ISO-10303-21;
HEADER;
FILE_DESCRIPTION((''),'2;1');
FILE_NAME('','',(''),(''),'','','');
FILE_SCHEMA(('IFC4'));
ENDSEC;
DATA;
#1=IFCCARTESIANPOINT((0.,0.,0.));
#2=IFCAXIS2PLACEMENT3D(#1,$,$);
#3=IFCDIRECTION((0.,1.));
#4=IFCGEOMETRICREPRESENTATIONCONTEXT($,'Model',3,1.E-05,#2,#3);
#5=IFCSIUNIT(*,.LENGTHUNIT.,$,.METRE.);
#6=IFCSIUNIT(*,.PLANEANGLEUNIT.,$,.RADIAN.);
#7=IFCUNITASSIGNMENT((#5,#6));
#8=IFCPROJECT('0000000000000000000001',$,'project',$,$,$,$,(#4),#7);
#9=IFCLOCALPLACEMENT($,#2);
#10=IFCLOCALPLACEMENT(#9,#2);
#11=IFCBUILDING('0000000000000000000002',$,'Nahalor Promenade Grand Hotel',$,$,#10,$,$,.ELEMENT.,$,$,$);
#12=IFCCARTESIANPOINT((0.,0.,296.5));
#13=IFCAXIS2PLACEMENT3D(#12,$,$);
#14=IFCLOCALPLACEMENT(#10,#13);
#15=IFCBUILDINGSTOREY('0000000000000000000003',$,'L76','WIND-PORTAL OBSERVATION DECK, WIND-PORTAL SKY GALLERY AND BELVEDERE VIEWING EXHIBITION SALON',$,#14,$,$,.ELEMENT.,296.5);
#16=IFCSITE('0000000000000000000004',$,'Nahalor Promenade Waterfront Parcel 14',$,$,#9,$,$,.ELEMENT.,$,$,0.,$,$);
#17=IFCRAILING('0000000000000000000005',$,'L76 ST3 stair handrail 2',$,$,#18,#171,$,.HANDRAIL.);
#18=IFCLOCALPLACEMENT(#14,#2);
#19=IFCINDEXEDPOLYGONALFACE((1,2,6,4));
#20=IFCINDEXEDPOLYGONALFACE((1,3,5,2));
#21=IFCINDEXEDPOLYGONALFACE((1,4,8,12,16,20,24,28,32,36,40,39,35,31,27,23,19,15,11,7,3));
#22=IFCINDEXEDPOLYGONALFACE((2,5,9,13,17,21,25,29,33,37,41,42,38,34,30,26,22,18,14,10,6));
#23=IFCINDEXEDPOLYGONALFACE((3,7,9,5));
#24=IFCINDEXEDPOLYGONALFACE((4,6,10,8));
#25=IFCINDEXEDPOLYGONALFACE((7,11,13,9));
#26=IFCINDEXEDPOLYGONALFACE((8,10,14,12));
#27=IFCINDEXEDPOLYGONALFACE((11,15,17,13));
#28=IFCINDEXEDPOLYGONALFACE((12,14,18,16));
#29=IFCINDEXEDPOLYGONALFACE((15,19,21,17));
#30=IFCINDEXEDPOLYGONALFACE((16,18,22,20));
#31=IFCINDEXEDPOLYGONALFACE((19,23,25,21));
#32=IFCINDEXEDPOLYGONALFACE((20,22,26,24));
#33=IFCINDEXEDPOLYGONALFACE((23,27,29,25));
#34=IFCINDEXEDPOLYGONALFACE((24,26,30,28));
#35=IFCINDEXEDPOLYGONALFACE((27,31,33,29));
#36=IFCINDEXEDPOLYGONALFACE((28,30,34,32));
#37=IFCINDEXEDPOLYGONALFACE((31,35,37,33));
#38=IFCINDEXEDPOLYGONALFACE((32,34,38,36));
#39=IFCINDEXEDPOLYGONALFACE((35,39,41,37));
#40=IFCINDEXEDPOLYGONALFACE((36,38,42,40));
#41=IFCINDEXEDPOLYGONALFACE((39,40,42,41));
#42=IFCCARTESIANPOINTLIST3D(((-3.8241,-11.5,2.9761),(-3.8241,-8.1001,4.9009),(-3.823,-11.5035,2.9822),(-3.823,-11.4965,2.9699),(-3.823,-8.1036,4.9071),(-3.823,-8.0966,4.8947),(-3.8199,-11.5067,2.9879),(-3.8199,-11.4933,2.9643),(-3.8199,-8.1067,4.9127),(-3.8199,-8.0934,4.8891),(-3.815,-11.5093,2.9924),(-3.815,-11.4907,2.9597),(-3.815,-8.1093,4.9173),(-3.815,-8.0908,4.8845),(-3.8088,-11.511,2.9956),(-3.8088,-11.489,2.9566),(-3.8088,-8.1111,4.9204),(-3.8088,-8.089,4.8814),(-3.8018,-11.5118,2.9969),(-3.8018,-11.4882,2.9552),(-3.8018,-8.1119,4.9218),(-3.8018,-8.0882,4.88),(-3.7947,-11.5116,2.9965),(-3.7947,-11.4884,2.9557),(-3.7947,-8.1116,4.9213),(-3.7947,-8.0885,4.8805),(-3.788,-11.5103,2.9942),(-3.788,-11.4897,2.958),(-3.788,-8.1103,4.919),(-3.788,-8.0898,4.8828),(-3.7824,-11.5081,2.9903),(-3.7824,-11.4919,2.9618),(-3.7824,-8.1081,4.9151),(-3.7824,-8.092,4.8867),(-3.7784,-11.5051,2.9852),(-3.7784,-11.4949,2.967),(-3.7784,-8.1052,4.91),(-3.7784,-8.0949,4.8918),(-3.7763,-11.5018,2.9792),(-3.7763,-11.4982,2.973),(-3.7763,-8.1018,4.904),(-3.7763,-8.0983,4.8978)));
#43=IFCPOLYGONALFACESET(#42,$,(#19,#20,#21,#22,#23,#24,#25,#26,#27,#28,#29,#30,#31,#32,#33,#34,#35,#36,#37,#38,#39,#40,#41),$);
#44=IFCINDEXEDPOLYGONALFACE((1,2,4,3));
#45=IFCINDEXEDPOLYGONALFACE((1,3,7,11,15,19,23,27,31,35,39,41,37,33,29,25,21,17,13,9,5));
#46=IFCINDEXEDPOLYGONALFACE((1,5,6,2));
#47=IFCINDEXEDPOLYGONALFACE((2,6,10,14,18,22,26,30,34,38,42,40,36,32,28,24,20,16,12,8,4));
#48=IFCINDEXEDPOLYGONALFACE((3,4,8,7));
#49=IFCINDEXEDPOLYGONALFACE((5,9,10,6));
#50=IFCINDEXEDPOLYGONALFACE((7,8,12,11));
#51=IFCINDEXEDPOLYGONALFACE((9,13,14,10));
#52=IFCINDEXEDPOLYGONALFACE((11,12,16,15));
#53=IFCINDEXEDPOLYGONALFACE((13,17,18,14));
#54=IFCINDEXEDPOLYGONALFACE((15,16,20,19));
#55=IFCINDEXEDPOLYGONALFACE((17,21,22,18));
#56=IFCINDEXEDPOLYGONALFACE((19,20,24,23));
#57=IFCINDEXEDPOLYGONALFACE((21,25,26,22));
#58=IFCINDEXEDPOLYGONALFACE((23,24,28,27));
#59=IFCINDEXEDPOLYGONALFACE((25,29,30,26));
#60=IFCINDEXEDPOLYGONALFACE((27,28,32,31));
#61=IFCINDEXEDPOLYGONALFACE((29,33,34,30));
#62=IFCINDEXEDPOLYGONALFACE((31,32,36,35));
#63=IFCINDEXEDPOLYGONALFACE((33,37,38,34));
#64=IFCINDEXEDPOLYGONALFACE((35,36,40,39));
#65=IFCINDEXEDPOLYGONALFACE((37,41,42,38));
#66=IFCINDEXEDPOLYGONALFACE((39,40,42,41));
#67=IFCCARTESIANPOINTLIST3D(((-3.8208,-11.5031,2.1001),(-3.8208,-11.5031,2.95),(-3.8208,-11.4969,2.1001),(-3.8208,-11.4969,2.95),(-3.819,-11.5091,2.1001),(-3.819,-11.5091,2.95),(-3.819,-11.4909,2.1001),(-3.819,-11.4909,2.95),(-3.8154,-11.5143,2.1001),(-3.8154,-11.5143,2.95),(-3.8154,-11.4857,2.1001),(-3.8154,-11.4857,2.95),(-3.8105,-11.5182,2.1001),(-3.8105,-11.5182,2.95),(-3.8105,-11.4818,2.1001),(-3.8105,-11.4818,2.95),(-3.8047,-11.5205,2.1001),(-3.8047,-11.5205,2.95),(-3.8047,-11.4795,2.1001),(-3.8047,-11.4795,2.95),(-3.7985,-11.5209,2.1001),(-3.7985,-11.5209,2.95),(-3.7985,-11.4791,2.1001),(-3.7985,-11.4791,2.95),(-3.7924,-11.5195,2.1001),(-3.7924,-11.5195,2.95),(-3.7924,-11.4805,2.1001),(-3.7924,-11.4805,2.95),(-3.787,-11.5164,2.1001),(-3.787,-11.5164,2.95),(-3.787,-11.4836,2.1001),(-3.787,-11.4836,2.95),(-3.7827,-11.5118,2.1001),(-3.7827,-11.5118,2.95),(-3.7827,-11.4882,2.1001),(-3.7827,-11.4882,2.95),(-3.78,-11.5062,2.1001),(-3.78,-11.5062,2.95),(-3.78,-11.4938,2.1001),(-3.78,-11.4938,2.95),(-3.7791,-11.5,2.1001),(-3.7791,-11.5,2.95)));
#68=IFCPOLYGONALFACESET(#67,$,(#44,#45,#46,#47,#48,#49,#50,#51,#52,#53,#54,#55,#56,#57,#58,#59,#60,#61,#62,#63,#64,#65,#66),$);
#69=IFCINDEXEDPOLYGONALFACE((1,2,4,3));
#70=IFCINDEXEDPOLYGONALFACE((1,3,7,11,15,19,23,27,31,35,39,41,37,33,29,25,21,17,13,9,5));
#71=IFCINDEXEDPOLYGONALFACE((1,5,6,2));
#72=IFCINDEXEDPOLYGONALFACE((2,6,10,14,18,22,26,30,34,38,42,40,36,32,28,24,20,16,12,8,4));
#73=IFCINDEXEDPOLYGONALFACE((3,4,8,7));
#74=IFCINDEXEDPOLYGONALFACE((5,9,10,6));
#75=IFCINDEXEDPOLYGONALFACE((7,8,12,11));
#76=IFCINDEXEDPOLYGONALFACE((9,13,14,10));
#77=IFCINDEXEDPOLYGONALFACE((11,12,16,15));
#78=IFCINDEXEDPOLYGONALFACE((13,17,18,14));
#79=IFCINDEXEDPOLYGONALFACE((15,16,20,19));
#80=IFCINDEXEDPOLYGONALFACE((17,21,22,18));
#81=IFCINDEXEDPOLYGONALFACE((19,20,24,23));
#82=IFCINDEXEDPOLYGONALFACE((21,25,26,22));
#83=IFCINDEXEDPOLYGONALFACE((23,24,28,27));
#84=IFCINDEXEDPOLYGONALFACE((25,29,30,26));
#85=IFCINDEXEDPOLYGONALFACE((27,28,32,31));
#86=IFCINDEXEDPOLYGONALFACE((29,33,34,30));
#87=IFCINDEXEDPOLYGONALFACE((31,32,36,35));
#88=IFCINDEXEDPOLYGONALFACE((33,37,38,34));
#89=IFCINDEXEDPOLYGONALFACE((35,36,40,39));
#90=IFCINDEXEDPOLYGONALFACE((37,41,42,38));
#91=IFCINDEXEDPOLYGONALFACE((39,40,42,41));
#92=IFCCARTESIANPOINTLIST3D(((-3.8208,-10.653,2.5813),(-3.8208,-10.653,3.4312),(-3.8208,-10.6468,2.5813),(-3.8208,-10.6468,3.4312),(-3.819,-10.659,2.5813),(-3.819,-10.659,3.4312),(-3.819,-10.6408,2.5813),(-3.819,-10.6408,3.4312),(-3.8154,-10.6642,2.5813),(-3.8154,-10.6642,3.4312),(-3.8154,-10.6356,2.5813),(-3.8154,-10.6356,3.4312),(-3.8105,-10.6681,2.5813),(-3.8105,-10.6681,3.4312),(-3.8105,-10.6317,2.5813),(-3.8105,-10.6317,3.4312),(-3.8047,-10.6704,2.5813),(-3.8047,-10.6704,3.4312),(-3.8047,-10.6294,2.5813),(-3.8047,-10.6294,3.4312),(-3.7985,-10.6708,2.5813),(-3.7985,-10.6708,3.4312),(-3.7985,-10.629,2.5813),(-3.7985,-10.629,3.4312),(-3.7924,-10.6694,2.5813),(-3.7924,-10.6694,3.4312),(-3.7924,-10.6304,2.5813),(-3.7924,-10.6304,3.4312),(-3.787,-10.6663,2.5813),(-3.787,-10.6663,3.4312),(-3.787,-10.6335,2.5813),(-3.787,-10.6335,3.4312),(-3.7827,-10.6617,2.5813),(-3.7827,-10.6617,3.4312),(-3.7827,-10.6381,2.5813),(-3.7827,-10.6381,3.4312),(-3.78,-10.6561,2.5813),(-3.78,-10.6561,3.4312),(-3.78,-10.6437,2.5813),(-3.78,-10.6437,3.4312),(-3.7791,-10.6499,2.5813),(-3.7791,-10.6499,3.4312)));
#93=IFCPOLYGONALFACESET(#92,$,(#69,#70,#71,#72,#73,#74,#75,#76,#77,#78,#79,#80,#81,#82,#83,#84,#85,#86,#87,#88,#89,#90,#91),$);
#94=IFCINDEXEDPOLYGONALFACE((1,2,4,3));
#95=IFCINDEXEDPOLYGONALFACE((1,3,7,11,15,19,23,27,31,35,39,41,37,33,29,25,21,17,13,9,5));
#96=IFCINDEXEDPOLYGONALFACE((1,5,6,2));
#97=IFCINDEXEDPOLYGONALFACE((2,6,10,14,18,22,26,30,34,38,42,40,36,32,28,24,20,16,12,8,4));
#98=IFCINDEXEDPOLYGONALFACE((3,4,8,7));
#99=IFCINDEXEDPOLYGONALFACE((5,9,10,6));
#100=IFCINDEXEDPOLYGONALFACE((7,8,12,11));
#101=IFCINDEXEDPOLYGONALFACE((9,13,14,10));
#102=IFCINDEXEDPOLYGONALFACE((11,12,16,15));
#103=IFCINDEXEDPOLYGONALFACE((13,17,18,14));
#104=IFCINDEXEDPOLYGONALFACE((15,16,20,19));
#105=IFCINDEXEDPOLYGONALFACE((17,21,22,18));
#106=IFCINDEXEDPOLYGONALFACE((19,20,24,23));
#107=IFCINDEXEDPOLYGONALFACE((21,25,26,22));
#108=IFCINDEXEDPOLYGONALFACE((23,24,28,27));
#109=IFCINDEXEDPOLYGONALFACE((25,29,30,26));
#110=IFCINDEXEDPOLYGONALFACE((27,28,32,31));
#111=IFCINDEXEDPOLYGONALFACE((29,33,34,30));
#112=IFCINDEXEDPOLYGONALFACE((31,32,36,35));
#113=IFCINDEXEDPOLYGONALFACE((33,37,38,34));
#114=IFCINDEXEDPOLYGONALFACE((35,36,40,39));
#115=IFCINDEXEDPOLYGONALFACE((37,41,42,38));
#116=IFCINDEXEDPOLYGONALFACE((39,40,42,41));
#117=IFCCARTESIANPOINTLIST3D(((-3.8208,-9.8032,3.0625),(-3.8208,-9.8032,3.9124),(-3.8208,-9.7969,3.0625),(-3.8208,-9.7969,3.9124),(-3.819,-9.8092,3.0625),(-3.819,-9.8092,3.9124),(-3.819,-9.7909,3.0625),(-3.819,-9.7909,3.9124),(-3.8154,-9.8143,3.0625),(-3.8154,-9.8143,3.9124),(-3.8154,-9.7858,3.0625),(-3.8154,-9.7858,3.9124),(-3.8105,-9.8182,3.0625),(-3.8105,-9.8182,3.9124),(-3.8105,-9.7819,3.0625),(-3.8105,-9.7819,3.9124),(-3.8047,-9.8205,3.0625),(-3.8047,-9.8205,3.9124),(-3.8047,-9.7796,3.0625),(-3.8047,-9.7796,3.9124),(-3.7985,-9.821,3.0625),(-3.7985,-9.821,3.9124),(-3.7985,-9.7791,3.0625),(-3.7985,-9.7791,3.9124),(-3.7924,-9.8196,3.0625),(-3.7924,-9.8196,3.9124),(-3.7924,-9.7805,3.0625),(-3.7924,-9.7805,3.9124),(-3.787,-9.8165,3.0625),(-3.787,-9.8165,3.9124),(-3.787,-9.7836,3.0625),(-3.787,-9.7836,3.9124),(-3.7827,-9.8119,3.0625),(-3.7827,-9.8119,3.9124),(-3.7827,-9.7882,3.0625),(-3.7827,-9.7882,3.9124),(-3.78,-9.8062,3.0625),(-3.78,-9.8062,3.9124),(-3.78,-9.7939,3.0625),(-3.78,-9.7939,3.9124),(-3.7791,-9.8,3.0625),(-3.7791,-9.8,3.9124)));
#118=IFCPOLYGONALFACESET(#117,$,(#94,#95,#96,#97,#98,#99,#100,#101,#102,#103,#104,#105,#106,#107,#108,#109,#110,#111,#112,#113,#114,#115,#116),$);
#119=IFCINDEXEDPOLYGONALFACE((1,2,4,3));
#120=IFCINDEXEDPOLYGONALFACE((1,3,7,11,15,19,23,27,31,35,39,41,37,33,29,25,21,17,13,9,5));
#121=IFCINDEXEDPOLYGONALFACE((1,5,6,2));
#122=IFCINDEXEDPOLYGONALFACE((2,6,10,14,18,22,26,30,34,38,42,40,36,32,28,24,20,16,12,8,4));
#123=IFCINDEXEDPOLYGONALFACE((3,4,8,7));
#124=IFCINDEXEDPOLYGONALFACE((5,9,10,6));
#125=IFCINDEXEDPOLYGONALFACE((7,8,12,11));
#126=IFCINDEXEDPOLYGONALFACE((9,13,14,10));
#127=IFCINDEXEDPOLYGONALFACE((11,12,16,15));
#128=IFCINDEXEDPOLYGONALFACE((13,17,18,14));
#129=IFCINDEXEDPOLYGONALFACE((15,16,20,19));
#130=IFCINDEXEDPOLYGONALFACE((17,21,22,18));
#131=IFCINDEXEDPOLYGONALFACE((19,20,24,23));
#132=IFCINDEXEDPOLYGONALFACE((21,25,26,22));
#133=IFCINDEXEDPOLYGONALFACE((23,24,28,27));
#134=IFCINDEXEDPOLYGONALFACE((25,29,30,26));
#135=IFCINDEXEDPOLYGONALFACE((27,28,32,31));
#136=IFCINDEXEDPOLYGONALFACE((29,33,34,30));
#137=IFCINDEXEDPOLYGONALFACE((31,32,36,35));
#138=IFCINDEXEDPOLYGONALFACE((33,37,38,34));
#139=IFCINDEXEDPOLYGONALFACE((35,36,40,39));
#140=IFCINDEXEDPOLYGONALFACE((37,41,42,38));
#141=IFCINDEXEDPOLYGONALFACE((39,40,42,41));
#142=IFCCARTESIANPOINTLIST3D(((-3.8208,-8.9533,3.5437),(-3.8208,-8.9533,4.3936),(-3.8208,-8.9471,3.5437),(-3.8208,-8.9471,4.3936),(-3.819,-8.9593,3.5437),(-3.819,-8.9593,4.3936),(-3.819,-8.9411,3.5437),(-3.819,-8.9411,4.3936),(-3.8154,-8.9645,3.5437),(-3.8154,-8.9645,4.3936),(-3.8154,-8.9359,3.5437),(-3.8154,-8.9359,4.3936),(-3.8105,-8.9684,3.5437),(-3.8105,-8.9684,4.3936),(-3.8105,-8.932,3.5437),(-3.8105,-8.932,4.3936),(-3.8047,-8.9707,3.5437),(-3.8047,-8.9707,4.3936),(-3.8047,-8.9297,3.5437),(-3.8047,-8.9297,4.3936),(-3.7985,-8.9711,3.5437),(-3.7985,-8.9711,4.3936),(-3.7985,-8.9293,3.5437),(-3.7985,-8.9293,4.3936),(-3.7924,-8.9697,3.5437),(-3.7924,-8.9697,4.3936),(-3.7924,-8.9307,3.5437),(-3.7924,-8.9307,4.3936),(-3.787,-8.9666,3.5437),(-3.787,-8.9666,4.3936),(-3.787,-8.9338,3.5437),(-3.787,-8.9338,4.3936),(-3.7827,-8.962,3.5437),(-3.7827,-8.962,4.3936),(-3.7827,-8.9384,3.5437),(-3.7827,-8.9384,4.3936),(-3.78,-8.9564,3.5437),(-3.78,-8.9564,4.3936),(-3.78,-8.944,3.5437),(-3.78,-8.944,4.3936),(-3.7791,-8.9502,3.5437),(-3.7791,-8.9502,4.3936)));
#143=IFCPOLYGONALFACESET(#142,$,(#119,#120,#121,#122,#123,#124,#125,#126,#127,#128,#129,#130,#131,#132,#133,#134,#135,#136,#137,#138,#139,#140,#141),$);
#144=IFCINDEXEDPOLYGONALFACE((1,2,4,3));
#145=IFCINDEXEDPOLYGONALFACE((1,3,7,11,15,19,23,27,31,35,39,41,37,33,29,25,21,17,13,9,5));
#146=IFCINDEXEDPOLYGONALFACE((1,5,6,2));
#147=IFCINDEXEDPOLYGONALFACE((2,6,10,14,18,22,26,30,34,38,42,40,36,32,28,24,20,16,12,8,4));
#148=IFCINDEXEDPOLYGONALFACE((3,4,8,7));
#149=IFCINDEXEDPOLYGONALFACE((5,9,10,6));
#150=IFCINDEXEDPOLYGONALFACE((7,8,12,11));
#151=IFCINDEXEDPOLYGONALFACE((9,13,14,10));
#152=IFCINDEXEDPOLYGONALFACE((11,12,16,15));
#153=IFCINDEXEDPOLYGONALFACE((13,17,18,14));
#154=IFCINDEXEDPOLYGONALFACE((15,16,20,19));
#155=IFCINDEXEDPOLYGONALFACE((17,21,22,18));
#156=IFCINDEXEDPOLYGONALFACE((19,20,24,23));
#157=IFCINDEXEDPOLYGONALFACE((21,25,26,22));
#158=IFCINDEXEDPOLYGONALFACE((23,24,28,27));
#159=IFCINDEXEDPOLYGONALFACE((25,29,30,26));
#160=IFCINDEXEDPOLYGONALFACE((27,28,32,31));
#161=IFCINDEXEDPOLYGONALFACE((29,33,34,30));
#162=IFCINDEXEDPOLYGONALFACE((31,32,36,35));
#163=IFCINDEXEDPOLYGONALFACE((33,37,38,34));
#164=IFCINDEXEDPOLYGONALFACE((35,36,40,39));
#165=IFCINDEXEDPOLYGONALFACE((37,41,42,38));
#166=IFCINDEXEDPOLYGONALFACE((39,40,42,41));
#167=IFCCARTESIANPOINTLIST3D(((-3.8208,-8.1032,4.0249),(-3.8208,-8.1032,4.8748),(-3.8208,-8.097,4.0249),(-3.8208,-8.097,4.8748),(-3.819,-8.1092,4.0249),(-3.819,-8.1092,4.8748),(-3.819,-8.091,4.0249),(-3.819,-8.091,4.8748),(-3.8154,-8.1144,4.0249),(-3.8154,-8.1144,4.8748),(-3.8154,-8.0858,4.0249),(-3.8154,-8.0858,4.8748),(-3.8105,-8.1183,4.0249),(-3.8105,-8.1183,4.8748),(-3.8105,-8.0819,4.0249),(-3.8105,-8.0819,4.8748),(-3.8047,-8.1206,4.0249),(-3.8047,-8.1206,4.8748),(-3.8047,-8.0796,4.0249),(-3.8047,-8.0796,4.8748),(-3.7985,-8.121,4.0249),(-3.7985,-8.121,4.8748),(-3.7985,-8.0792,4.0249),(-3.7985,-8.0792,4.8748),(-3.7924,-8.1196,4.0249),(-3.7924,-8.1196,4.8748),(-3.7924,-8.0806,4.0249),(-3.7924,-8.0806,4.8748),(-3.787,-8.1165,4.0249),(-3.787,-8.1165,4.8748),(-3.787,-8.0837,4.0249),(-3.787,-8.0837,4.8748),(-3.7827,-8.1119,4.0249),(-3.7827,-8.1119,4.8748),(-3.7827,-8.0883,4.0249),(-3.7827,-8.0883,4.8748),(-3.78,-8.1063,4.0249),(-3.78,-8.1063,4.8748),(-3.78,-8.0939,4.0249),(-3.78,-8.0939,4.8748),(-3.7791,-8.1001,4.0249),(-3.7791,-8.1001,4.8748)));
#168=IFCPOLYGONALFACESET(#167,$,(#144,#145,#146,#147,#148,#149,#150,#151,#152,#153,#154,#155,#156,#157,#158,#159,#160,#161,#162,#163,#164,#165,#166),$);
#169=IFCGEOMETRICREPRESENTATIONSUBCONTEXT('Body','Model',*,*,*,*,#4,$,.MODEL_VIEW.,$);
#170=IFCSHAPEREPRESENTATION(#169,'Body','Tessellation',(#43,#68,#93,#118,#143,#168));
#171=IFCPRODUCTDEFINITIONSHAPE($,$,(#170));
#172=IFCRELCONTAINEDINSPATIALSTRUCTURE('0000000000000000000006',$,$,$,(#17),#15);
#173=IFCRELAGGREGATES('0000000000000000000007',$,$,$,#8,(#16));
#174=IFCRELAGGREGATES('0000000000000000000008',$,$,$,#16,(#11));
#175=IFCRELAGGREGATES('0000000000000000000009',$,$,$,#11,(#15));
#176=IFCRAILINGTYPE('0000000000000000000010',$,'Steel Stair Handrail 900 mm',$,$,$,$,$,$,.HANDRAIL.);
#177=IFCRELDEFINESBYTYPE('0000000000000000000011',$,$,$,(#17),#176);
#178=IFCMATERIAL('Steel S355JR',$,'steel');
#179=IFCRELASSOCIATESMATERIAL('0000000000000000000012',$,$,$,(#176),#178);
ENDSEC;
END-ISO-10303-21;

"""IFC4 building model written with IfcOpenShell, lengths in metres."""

from ifc_helpers import new_model, si_unit, direction, frame, origin, origin_2d, place, context, subcontext, project, spatial, circle, extrude, material, type_object, element, save


model = new_model("IFC4")

# Units and contexts
model_context = context("Model", 3, precision=1e-05, world=origin(), true_north=direction((0.0, 1.0)))
body_context = subcontext(model_context, "Body", "Model", "MODEL_VIEW")
ifc_project = project(units=[si_unit("LENGTHUNIT", "METRE"), si_unit("PLANEANGLEUNIT", "RADIAN")], contexts=[model_context])

# Site, building, storey
site_placement = place(None, origin())
site = spatial("IfcSite", under=ifc_project, at=site_placement, Name="Nahalor Promenade Waterfront Parcel 14", CompositionType="ELEMENT", RefElevation=0.0)
building_placement = place(site_placement, origin())
building = spatial("IfcBuilding", under=site, at=building_placement, Name="Nahalor Promenade Grand Hotel", CompositionType="ELEMENT")
storey_placement = place(building_placement, frame((0.0, 0.0, 296.5)))
storey = spatial("IfcBuildingStorey", under=building, at=storey_placement, Name="L76", Description="WIND-PORTAL OBSERVATION DECK, WIND-PORTAL SKY GALLERY AND BELVEDERE VIEWING EXHIBITION SALON", CompositionType="ELEMENT", Elevation=296.5)

# Shared definitions
ifc_material_1 = material(Name="Steel S355JR", Category="steel")

# Railing
railing_type_1 = type_object("IfcRailingType", Name="Steel Stair Handrail 900 mm", PredefinedType="HANDRAIL", material=ifc_material_1)
railing_1_placement = place(storey_placement, frame((-3.8, -11.5, 2.1001)))
element("IfcRailing", 1, at=railing_1_placement, inside=storey, type_object=railing_type_1, Name="L76 ST3 stair handrail 2", PredefinedType="HANDRAIL", context=body_context, shape_type="SweptSolid", body=[
    extrude(circle(Radius=0.024, at=origin_2d()), frame((0.0, 0.0, 0.876), z_axis=(0.0, 0.87022, 0.492663), x_axis=(-1.0, 0.0, 0.0)), (0.0, 0.0, 1.0), 3.907),
    extrude(circle(Radius=0.021, at=origin_2d()), origin(), (0.0, 0.0, 1.0), 0.8499),
    extrude(circle(Radius=0.021, at=origin_2d()), frame((0.0, 0.8501, 0.4812)), (0.0, 0.0, 1.0), 0.8499),
    extrude(circle(Radius=0.021, at=origin_2d()), frame((0.0, 1.7, 0.9624)), (0.0, 0.0, 1.0), 0.8499),
    extrude(circle(Radius=0.021, at=origin_2d()), frame((0.0, 2.5498, 1.4436)), (0.0, 0.0, 1.0), 0.8499),
    extrude(circle(Radius=0.021, at=origin_2d()), frame((0.0, 3.3999, 1.9248)), (0.0, 0.0, 1.0), 0.8499),
])

save(model, "model.ifc")
